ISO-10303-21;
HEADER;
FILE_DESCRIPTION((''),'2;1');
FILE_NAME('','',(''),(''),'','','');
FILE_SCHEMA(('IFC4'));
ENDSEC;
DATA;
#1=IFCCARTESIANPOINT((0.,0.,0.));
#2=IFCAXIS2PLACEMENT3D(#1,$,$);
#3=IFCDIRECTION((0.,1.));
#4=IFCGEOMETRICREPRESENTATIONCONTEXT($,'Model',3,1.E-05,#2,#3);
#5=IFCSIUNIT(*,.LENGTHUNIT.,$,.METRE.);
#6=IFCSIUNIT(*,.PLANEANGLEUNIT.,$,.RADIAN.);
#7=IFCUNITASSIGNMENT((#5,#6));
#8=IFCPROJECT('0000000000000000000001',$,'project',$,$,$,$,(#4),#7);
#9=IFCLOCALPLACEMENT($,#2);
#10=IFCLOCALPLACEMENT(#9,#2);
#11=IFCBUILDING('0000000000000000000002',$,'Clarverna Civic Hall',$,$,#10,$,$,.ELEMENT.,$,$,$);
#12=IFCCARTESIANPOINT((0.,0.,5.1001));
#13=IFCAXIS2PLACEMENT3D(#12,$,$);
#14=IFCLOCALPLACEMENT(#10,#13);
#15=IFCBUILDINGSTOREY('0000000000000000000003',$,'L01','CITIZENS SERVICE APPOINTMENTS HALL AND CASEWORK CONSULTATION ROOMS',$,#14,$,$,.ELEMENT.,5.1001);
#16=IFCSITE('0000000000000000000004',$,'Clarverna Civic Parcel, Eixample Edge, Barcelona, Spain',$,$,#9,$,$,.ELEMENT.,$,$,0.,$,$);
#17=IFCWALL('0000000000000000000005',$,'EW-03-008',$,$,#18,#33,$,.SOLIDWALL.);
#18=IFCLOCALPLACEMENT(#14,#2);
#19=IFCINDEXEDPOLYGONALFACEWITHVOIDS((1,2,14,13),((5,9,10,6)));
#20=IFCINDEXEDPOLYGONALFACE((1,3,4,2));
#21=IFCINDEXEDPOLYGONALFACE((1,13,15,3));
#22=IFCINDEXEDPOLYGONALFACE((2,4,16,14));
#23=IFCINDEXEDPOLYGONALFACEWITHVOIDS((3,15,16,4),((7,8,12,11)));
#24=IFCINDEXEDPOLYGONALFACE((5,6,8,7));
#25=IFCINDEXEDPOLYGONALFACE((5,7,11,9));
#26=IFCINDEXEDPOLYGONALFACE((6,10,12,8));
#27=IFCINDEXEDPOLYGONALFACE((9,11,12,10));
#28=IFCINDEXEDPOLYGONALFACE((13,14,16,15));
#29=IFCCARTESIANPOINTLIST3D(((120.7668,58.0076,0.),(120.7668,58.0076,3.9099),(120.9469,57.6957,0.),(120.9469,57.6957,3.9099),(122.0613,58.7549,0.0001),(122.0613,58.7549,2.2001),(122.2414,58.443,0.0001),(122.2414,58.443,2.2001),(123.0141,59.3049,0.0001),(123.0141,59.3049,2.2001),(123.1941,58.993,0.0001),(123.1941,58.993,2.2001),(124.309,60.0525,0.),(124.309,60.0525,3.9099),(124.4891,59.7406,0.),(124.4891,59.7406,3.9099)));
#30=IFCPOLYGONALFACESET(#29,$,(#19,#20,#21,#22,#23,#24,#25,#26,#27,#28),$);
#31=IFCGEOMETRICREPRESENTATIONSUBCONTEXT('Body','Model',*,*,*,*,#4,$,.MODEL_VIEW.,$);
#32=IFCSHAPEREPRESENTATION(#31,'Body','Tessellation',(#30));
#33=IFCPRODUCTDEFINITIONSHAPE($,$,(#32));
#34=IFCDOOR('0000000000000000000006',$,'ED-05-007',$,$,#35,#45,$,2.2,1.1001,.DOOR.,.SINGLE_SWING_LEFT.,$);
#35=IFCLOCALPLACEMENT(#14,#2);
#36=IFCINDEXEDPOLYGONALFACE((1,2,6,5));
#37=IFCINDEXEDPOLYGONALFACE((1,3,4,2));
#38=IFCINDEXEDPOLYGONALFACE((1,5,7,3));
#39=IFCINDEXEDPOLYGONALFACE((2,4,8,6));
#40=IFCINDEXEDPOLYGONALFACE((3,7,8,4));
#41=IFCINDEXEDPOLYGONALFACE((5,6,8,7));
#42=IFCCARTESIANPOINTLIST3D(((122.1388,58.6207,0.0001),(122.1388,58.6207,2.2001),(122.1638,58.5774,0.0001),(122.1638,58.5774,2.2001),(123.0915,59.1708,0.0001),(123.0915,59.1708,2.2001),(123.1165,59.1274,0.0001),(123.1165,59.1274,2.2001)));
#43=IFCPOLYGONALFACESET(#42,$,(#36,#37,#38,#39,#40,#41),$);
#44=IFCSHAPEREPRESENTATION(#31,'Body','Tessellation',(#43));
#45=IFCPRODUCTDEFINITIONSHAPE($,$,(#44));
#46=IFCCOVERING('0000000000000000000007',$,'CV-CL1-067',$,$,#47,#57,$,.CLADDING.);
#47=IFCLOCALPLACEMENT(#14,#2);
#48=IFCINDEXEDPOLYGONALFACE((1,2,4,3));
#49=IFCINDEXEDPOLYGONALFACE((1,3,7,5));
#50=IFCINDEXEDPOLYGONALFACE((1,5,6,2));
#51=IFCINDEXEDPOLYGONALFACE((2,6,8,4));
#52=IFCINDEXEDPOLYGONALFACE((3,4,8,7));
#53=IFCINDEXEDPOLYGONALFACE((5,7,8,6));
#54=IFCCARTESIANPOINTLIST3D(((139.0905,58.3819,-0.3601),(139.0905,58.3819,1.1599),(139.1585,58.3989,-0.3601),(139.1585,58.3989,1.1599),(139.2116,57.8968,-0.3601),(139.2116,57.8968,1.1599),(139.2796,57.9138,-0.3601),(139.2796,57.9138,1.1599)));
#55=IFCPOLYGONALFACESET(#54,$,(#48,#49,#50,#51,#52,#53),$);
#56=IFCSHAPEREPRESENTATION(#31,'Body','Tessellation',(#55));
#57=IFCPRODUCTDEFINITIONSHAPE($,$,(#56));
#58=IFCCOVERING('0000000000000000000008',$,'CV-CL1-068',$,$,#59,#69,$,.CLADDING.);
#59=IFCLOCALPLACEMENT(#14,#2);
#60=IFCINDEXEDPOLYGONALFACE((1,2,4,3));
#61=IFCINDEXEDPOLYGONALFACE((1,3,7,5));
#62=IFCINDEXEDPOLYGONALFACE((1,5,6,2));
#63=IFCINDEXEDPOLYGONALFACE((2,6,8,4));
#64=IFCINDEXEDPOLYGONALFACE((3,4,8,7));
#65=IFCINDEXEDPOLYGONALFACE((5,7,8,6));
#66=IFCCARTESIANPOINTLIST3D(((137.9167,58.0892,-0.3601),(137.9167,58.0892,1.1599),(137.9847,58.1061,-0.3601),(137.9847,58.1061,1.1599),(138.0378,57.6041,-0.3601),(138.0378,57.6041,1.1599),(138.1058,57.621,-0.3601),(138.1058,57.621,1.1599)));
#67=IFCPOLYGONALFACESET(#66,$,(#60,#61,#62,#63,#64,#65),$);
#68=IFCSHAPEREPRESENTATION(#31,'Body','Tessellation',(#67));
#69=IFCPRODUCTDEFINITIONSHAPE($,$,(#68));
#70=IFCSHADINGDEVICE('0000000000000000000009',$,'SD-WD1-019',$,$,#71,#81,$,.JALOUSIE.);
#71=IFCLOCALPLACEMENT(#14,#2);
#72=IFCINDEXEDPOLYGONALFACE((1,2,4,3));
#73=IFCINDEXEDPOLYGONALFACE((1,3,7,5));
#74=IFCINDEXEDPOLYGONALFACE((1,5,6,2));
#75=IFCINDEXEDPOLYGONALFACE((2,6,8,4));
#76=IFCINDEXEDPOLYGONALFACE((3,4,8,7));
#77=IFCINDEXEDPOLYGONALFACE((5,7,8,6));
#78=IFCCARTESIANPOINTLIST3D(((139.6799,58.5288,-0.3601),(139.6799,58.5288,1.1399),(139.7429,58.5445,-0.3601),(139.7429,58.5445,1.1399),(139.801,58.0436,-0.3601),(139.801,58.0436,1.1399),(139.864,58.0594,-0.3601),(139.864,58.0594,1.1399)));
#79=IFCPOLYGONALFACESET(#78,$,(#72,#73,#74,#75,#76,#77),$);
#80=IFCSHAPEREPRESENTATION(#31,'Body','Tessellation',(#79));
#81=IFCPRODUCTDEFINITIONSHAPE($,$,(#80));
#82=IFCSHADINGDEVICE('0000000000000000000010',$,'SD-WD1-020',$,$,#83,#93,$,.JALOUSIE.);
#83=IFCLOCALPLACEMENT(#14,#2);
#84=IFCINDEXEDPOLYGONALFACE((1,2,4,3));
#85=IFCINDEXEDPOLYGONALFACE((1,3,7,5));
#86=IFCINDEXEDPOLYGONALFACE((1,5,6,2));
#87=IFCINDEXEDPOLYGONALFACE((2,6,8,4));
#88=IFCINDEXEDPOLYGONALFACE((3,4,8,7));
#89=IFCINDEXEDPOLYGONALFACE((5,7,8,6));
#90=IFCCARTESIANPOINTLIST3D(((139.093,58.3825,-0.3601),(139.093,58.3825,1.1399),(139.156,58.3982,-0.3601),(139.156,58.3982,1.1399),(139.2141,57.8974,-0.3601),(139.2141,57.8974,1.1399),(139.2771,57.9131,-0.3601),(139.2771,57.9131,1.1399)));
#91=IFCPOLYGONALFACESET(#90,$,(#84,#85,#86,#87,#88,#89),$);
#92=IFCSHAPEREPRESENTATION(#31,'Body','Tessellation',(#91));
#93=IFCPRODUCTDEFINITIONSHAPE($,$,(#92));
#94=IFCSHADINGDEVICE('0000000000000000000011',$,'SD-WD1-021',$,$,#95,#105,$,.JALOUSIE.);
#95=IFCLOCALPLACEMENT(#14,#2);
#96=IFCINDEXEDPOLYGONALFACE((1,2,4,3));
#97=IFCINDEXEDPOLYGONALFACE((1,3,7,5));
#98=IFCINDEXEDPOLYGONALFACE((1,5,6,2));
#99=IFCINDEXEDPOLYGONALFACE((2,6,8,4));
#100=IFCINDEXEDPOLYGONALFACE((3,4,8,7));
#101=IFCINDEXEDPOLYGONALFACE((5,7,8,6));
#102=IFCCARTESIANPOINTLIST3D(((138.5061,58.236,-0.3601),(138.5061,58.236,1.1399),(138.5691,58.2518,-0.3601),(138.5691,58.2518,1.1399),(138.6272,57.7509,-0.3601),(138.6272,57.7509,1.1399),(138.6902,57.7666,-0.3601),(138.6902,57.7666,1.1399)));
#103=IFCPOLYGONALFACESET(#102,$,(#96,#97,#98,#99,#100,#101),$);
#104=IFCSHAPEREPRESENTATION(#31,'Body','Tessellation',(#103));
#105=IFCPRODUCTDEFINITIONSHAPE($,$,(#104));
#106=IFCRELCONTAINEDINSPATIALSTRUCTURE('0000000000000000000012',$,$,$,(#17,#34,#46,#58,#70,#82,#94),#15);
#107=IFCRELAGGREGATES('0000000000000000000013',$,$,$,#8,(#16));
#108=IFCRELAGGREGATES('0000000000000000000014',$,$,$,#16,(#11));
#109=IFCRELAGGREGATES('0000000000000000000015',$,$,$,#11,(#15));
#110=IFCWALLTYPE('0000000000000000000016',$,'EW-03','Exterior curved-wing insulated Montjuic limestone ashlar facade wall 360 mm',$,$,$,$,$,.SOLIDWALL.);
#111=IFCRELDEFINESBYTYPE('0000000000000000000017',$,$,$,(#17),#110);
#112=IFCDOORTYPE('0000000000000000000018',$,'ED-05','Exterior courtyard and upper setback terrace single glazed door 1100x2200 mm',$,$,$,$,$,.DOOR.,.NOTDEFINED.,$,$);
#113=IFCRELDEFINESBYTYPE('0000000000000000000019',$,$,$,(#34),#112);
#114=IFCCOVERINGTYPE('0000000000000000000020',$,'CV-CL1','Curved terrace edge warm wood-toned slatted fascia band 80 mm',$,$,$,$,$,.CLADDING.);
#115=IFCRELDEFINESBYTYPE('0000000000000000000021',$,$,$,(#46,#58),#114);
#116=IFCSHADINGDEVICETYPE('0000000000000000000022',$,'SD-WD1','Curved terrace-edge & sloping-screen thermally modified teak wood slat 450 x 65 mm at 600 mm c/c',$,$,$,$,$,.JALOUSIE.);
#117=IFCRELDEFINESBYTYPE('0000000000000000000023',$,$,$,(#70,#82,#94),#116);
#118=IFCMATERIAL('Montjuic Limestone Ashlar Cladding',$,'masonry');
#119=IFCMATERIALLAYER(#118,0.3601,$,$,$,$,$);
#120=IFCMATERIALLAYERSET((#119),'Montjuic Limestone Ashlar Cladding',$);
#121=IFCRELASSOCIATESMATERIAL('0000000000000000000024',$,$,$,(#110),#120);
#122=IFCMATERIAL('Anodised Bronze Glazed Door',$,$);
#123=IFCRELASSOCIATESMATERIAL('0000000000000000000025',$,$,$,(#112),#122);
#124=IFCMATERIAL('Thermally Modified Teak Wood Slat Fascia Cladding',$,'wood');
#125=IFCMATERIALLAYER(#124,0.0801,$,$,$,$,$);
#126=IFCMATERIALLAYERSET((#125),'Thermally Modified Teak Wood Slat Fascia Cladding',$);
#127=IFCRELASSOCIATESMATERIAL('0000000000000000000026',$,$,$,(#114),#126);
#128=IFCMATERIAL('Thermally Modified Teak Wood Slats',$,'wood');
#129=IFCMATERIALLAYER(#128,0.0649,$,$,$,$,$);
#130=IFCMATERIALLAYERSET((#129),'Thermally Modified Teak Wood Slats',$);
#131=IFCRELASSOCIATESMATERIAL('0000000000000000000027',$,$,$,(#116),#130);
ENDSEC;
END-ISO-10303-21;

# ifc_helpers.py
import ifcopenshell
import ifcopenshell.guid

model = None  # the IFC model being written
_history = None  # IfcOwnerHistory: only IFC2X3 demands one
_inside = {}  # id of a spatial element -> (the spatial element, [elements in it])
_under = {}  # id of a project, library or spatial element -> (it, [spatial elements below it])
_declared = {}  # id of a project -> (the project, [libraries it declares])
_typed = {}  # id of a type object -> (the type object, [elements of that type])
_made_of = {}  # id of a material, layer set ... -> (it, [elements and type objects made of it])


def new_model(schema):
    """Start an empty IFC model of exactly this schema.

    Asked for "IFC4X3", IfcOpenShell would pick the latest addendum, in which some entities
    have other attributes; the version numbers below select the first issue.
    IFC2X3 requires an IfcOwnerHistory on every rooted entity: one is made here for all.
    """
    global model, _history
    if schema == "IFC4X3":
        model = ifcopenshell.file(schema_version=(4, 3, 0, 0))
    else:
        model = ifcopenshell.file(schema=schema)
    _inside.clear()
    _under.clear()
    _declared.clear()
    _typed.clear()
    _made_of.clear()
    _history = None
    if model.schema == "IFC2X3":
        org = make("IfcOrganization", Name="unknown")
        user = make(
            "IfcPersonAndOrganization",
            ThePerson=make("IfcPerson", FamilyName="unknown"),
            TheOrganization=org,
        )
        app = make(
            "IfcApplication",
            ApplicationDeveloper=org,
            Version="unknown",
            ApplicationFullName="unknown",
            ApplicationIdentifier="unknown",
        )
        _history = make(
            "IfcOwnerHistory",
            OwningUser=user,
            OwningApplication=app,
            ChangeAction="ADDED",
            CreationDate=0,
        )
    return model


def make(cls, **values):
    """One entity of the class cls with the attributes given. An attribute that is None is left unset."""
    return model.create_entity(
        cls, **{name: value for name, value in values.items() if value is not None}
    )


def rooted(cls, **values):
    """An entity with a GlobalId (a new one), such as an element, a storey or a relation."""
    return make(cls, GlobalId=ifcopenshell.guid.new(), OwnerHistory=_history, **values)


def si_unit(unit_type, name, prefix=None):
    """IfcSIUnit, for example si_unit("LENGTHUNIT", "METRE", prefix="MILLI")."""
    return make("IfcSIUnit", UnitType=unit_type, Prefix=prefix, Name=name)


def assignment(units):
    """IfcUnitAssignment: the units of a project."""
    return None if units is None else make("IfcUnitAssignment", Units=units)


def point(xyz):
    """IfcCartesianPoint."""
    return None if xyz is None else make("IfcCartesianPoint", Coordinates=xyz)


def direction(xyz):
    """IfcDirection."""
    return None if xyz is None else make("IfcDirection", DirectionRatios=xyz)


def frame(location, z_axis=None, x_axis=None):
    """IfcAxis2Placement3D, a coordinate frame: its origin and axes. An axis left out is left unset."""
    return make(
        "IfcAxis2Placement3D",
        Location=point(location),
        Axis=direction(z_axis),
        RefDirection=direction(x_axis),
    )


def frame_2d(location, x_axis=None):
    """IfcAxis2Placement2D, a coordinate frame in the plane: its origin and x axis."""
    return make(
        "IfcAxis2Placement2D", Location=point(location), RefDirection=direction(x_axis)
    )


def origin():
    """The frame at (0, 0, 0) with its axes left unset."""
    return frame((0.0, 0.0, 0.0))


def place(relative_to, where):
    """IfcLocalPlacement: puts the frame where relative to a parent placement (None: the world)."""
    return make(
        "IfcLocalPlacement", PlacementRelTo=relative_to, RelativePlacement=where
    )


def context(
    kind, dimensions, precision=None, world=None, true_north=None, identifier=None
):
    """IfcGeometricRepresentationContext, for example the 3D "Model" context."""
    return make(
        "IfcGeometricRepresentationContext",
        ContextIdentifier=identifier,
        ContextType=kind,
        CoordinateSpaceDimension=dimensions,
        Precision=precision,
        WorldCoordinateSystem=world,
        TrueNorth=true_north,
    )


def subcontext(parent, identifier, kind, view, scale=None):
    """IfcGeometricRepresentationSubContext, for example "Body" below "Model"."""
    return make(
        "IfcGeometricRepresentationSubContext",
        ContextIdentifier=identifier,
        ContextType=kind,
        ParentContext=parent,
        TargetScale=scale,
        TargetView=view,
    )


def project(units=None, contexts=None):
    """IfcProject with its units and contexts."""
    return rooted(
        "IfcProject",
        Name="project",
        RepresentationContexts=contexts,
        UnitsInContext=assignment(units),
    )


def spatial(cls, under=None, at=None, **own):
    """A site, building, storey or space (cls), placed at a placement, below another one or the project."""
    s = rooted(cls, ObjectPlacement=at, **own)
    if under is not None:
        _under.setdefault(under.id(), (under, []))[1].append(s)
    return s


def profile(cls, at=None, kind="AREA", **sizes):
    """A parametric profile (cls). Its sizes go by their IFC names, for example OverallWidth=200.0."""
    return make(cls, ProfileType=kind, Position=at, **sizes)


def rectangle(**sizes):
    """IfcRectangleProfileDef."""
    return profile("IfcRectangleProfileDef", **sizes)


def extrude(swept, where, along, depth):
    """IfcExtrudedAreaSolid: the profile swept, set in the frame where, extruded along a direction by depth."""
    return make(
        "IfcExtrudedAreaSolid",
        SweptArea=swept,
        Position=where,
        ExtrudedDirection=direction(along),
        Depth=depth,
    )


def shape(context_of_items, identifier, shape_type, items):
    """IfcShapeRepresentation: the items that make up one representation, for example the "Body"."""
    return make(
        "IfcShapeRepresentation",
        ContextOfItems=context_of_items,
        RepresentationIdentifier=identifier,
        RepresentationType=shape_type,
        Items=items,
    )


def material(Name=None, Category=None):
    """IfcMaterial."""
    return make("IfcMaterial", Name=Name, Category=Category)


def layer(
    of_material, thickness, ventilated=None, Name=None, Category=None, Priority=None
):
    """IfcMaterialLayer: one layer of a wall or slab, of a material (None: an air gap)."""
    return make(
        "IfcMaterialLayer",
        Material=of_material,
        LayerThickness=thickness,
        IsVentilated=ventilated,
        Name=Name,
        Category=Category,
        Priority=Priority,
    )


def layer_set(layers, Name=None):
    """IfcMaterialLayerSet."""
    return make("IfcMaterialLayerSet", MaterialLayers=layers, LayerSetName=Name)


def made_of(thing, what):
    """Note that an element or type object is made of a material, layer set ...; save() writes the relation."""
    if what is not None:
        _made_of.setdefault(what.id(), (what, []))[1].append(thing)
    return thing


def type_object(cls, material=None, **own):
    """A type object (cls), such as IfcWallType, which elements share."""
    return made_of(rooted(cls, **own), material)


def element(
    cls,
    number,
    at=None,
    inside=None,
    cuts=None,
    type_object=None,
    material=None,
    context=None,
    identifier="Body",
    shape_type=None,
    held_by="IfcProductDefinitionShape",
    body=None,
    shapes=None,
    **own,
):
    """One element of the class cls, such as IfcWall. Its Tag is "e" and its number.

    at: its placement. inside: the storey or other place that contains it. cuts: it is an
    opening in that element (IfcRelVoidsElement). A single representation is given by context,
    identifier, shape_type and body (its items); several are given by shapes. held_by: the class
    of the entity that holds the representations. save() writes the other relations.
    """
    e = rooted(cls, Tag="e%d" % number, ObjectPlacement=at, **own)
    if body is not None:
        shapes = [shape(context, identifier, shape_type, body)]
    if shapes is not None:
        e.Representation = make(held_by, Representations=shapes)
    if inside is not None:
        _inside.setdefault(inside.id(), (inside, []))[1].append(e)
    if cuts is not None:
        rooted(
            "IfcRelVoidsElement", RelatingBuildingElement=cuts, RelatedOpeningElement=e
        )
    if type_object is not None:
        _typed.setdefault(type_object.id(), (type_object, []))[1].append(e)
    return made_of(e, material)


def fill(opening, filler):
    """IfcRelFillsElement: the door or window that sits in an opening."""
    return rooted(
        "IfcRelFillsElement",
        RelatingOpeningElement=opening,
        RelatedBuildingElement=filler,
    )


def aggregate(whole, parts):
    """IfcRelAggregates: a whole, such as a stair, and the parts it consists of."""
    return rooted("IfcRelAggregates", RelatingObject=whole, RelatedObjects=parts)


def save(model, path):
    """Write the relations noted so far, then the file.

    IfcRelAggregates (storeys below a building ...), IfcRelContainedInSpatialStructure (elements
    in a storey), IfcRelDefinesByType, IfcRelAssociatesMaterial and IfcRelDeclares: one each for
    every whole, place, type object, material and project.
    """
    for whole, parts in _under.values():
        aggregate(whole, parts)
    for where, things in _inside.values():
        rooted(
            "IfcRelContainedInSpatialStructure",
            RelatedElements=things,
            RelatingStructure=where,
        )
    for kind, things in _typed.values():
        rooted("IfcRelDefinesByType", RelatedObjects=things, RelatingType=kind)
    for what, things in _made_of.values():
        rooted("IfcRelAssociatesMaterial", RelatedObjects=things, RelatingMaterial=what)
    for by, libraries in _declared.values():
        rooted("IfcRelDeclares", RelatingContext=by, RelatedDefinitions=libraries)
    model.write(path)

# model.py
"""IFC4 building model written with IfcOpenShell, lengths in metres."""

from ifc_helpers import new_model, si_unit, direction, frame, frame_2d, origin, place, context, subcontext, project, spatial, rectangle, extrude, material, layer, layer_set, type_object, element, fill, save


model = new_model("IFC4")

# Units and contexts
model_context = context("Model", 3, precision=1e-05, world=origin(), true_north=direction((0.0, 1.0)))
body_context = subcontext(model_context, "Body", "Model", "MODEL_VIEW")
ifc_project = project(units=[si_unit("LENGTHUNIT", "METRE"), si_unit("PLANEANGLEUNIT", "RADIAN")], contexts=[model_context])

# Site, building, storey
site_placement = place(None, origin())
site = spatial("IfcSite", under=ifc_project, at=site_placement, Name="Clarverna Civic Parcel, Eixample Edge, Barcelona, Spain", CompositionType="ELEMENT", RefElevation=0.0)
building_placement = place(site_placement, origin())
building = spatial("IfcBuilding", under=site, at=building_placement, Name="Clarverna Civic Hall", CompositionType="ELEMENT")
storey_placement = place(building_placement, frame((0.0, 0.0, 5.1001)))
storey = spatial("IfcBuildingStorey", under=building, at=storey_placement, Name="L01", Description="CITIZENS SERVICE APPOINTMENTS HALL AND CASEWORK CONSULTATION ROOMS", CompositionType="ELEMENT", Elevation=5.1001)

# Wall, opening, door
ifc_material_1 = material(Name="Montjuic Limestone Ashlar Cladding", Category="masonry")
ifc_layer_1 = layer(ifc_material_1, 0.3601)
ifc_layer_set_1 = layer_set([ifc_layer_1], Name="Montjuic Limestone Ashlar Cladding")
wall_type = type_object("IfcWallType", Name="EW-03", Description="Exterior curved-wing insulated Montjuic limestone ashlar facade wall 360 mm", PredefinedType="SOLIDWALL", material=ifc_layer_set_1)
ifc_material_2 = material(Name="Anodised Bronze Glazed Door")
door_type = type_object("IfcDoorType", Name="ED-05", Description="Exterior courtyard and upper setback terrace single glazed door 1100x2200 mm", OperationType="NOTDEFINED", PredefinedType="DOOR", material=ifc_material_2)
wall_1_placement = place(storey_placement, frame((124.3989, 59.8965, 0.0), z_axis=(0.0, 0.0, 1.0), x_axis=(-0.866045, -0.499965, 0.0)))
wall_1 = element("IfcWall", 1, at=wall_1_placement, inside=storey, type_object=wall_type, Name="EW-03-008", PredefinedType="SOLIDWALL", context=body_context, shape_type="SweptSolid", body=[
    extrude(rectangle(XDim=4.0901, YDim=0.3601, at=frame_2d((2.0449, 0.0))), origin(), (0.0, 0.0, 1.0), 3.9099),
])
opening_1_placement = place(wall_1_placement, frame((1.4951, 0.0, 0.0)))
opening_1 = element("IfcOpeningElement", 2, at=opening_1_placement, cuts=wall_1, PredefinedType="OPENING", context=body_context, shape_type="SweptSolid", body=[
    extrude(rectangle(XDim=1.1001, YDim=2.2, at=frame_2d((0.55, 1.1001))), frame((0.0, 0.1899, 0.0), z_axis=(0.0, -1.0, 0.0), x_axis=(1.0, 0.0, 0.0)), (0.0, 0.0, 1.0), 0.3801),
])
door_1_placement = place(opening_1_placement, origin())
door_1 = element("IfcDoor", 3, at=door_1_placement, inside=storey, type_object=door_type, Name="ED-05-007", OperationType="SINGLE_SWING_LEFT", OverallHeight=2.2, OverallWidth=1.1001, PredefinedType="DOOR", context=body_context, shape_type="SweptSolid", body=[
    extrude(rectangle(XDim=1.1001, YDim=2.2, at=frame_2d((0.55, 1.1001))), frame((0.0, 0.0249, 0.0), z_axis=(0.0, -1.0, 0.0), x_axis=(1.0, 0.0, 0.0)), (0.0, 0.0, 1.0), 0.05),
])
fill(opening_1, door_1)

# Coverings
ifc_material_3 = material(Name="Thermally Modified Teak Wood Slat Fascia Cladding", Category="wood")
ifc_layer_2 = layer(ifc_material_3, 0.0801)
ifc_layer_set_2 = layer_set([ifc_layer_2], Name="Thermally Modified Teak Wood Slat Fascia Cladding")
covering_type = type_object("IfcCoveringType", Name="CV-CL1", Description="Curved terrace edge warm wood-toned slatted fascia band 80 mm", PredefinedType="CLADDING", material=ifc_layer_set_2)
for number, where, z_axis, x_axis, name in (
    (4, (139.1245, 58.3904, -0.3601), (0.0, 0.0, 1.0), (0.242191, -0.970229, 0.0), "CV-CL1-067"),
    (5, (137.9507, 58.0977, -0.3601), (0.0, 0.0, 1.0), (0.242191, -0.970229, 0.0), "CV-CL1-068"),
):
    element("IfcCovering", number, at=place(storey_placement, frame(where, z_axis=z_axis, x_axis=x_axis)), inside=storey, type_object=covering_type, Name=name, PredefinedType="CLADDING", context=body_context, shape_type="SweptSolid", body=[
        extrude(rectangle(XDim=0.5, YDim=0.0701, at=frame_2d((0.25, 0.0))), origin(), (0.0, 0.0, 1.0), 1.52),
    ])

# Shading devices
ifc_material_4 = material(Name="Thermally Modified Teak Wood Slats", Category="wood")
ifc_layer_3 = layer(ifc_material_4, 0.0649)
ifc_layer_set_3 = layer_set([ifc_layer_3], Name="Thermally Modified Teak Wood Slats")
shading_device_type = type_object("IfcShadingDeviceType", Name="SD-WD1", Description="Curved terrace-edge & sloping-screen thermally modified teak wood slat 450 x 65 mm at 600 mm c/c", PredefinedType="JALOUSIE", material=ifc_layer_set_3)
for number, where, z_axis, x_axis, name in (
    (6, (139.7114, 58.5366, -0.3601), (0.0, 0.0, 1.0), (0.242191, -0.970229, 0.0), "SD-WD1-019"),
    (7, (139.1245, 58.3904, -0.3601), (0.0, 0.0, 1.0), (0.242191, -0.970229, 0.0), "SD-WD1-020"),
    (8, (138.5376, 58.2439, -0.3601), (0.0, 0.0, 1.0), (0.242191, -0.970229, 0.0), "SD-WD1-021"),
):
    element("IfcShadingDevice", number, at=place(storey_placement, frame(where, z_axis=z_axis, x_axis=x_axis)), inside=storey, type_object=shading_device_type, Name=name, PredefinedType="JALOUSIE", context=body_context, shape_type="SweptSolid", body=[
        extrude(rectangle(XDim=0.5, YDim=0.0649, at=frame_2d((0.25, 0.0))), origin(), (0.0, 0.0, 1.0), 1.5),
    ])

save(model, "model.ifc")
